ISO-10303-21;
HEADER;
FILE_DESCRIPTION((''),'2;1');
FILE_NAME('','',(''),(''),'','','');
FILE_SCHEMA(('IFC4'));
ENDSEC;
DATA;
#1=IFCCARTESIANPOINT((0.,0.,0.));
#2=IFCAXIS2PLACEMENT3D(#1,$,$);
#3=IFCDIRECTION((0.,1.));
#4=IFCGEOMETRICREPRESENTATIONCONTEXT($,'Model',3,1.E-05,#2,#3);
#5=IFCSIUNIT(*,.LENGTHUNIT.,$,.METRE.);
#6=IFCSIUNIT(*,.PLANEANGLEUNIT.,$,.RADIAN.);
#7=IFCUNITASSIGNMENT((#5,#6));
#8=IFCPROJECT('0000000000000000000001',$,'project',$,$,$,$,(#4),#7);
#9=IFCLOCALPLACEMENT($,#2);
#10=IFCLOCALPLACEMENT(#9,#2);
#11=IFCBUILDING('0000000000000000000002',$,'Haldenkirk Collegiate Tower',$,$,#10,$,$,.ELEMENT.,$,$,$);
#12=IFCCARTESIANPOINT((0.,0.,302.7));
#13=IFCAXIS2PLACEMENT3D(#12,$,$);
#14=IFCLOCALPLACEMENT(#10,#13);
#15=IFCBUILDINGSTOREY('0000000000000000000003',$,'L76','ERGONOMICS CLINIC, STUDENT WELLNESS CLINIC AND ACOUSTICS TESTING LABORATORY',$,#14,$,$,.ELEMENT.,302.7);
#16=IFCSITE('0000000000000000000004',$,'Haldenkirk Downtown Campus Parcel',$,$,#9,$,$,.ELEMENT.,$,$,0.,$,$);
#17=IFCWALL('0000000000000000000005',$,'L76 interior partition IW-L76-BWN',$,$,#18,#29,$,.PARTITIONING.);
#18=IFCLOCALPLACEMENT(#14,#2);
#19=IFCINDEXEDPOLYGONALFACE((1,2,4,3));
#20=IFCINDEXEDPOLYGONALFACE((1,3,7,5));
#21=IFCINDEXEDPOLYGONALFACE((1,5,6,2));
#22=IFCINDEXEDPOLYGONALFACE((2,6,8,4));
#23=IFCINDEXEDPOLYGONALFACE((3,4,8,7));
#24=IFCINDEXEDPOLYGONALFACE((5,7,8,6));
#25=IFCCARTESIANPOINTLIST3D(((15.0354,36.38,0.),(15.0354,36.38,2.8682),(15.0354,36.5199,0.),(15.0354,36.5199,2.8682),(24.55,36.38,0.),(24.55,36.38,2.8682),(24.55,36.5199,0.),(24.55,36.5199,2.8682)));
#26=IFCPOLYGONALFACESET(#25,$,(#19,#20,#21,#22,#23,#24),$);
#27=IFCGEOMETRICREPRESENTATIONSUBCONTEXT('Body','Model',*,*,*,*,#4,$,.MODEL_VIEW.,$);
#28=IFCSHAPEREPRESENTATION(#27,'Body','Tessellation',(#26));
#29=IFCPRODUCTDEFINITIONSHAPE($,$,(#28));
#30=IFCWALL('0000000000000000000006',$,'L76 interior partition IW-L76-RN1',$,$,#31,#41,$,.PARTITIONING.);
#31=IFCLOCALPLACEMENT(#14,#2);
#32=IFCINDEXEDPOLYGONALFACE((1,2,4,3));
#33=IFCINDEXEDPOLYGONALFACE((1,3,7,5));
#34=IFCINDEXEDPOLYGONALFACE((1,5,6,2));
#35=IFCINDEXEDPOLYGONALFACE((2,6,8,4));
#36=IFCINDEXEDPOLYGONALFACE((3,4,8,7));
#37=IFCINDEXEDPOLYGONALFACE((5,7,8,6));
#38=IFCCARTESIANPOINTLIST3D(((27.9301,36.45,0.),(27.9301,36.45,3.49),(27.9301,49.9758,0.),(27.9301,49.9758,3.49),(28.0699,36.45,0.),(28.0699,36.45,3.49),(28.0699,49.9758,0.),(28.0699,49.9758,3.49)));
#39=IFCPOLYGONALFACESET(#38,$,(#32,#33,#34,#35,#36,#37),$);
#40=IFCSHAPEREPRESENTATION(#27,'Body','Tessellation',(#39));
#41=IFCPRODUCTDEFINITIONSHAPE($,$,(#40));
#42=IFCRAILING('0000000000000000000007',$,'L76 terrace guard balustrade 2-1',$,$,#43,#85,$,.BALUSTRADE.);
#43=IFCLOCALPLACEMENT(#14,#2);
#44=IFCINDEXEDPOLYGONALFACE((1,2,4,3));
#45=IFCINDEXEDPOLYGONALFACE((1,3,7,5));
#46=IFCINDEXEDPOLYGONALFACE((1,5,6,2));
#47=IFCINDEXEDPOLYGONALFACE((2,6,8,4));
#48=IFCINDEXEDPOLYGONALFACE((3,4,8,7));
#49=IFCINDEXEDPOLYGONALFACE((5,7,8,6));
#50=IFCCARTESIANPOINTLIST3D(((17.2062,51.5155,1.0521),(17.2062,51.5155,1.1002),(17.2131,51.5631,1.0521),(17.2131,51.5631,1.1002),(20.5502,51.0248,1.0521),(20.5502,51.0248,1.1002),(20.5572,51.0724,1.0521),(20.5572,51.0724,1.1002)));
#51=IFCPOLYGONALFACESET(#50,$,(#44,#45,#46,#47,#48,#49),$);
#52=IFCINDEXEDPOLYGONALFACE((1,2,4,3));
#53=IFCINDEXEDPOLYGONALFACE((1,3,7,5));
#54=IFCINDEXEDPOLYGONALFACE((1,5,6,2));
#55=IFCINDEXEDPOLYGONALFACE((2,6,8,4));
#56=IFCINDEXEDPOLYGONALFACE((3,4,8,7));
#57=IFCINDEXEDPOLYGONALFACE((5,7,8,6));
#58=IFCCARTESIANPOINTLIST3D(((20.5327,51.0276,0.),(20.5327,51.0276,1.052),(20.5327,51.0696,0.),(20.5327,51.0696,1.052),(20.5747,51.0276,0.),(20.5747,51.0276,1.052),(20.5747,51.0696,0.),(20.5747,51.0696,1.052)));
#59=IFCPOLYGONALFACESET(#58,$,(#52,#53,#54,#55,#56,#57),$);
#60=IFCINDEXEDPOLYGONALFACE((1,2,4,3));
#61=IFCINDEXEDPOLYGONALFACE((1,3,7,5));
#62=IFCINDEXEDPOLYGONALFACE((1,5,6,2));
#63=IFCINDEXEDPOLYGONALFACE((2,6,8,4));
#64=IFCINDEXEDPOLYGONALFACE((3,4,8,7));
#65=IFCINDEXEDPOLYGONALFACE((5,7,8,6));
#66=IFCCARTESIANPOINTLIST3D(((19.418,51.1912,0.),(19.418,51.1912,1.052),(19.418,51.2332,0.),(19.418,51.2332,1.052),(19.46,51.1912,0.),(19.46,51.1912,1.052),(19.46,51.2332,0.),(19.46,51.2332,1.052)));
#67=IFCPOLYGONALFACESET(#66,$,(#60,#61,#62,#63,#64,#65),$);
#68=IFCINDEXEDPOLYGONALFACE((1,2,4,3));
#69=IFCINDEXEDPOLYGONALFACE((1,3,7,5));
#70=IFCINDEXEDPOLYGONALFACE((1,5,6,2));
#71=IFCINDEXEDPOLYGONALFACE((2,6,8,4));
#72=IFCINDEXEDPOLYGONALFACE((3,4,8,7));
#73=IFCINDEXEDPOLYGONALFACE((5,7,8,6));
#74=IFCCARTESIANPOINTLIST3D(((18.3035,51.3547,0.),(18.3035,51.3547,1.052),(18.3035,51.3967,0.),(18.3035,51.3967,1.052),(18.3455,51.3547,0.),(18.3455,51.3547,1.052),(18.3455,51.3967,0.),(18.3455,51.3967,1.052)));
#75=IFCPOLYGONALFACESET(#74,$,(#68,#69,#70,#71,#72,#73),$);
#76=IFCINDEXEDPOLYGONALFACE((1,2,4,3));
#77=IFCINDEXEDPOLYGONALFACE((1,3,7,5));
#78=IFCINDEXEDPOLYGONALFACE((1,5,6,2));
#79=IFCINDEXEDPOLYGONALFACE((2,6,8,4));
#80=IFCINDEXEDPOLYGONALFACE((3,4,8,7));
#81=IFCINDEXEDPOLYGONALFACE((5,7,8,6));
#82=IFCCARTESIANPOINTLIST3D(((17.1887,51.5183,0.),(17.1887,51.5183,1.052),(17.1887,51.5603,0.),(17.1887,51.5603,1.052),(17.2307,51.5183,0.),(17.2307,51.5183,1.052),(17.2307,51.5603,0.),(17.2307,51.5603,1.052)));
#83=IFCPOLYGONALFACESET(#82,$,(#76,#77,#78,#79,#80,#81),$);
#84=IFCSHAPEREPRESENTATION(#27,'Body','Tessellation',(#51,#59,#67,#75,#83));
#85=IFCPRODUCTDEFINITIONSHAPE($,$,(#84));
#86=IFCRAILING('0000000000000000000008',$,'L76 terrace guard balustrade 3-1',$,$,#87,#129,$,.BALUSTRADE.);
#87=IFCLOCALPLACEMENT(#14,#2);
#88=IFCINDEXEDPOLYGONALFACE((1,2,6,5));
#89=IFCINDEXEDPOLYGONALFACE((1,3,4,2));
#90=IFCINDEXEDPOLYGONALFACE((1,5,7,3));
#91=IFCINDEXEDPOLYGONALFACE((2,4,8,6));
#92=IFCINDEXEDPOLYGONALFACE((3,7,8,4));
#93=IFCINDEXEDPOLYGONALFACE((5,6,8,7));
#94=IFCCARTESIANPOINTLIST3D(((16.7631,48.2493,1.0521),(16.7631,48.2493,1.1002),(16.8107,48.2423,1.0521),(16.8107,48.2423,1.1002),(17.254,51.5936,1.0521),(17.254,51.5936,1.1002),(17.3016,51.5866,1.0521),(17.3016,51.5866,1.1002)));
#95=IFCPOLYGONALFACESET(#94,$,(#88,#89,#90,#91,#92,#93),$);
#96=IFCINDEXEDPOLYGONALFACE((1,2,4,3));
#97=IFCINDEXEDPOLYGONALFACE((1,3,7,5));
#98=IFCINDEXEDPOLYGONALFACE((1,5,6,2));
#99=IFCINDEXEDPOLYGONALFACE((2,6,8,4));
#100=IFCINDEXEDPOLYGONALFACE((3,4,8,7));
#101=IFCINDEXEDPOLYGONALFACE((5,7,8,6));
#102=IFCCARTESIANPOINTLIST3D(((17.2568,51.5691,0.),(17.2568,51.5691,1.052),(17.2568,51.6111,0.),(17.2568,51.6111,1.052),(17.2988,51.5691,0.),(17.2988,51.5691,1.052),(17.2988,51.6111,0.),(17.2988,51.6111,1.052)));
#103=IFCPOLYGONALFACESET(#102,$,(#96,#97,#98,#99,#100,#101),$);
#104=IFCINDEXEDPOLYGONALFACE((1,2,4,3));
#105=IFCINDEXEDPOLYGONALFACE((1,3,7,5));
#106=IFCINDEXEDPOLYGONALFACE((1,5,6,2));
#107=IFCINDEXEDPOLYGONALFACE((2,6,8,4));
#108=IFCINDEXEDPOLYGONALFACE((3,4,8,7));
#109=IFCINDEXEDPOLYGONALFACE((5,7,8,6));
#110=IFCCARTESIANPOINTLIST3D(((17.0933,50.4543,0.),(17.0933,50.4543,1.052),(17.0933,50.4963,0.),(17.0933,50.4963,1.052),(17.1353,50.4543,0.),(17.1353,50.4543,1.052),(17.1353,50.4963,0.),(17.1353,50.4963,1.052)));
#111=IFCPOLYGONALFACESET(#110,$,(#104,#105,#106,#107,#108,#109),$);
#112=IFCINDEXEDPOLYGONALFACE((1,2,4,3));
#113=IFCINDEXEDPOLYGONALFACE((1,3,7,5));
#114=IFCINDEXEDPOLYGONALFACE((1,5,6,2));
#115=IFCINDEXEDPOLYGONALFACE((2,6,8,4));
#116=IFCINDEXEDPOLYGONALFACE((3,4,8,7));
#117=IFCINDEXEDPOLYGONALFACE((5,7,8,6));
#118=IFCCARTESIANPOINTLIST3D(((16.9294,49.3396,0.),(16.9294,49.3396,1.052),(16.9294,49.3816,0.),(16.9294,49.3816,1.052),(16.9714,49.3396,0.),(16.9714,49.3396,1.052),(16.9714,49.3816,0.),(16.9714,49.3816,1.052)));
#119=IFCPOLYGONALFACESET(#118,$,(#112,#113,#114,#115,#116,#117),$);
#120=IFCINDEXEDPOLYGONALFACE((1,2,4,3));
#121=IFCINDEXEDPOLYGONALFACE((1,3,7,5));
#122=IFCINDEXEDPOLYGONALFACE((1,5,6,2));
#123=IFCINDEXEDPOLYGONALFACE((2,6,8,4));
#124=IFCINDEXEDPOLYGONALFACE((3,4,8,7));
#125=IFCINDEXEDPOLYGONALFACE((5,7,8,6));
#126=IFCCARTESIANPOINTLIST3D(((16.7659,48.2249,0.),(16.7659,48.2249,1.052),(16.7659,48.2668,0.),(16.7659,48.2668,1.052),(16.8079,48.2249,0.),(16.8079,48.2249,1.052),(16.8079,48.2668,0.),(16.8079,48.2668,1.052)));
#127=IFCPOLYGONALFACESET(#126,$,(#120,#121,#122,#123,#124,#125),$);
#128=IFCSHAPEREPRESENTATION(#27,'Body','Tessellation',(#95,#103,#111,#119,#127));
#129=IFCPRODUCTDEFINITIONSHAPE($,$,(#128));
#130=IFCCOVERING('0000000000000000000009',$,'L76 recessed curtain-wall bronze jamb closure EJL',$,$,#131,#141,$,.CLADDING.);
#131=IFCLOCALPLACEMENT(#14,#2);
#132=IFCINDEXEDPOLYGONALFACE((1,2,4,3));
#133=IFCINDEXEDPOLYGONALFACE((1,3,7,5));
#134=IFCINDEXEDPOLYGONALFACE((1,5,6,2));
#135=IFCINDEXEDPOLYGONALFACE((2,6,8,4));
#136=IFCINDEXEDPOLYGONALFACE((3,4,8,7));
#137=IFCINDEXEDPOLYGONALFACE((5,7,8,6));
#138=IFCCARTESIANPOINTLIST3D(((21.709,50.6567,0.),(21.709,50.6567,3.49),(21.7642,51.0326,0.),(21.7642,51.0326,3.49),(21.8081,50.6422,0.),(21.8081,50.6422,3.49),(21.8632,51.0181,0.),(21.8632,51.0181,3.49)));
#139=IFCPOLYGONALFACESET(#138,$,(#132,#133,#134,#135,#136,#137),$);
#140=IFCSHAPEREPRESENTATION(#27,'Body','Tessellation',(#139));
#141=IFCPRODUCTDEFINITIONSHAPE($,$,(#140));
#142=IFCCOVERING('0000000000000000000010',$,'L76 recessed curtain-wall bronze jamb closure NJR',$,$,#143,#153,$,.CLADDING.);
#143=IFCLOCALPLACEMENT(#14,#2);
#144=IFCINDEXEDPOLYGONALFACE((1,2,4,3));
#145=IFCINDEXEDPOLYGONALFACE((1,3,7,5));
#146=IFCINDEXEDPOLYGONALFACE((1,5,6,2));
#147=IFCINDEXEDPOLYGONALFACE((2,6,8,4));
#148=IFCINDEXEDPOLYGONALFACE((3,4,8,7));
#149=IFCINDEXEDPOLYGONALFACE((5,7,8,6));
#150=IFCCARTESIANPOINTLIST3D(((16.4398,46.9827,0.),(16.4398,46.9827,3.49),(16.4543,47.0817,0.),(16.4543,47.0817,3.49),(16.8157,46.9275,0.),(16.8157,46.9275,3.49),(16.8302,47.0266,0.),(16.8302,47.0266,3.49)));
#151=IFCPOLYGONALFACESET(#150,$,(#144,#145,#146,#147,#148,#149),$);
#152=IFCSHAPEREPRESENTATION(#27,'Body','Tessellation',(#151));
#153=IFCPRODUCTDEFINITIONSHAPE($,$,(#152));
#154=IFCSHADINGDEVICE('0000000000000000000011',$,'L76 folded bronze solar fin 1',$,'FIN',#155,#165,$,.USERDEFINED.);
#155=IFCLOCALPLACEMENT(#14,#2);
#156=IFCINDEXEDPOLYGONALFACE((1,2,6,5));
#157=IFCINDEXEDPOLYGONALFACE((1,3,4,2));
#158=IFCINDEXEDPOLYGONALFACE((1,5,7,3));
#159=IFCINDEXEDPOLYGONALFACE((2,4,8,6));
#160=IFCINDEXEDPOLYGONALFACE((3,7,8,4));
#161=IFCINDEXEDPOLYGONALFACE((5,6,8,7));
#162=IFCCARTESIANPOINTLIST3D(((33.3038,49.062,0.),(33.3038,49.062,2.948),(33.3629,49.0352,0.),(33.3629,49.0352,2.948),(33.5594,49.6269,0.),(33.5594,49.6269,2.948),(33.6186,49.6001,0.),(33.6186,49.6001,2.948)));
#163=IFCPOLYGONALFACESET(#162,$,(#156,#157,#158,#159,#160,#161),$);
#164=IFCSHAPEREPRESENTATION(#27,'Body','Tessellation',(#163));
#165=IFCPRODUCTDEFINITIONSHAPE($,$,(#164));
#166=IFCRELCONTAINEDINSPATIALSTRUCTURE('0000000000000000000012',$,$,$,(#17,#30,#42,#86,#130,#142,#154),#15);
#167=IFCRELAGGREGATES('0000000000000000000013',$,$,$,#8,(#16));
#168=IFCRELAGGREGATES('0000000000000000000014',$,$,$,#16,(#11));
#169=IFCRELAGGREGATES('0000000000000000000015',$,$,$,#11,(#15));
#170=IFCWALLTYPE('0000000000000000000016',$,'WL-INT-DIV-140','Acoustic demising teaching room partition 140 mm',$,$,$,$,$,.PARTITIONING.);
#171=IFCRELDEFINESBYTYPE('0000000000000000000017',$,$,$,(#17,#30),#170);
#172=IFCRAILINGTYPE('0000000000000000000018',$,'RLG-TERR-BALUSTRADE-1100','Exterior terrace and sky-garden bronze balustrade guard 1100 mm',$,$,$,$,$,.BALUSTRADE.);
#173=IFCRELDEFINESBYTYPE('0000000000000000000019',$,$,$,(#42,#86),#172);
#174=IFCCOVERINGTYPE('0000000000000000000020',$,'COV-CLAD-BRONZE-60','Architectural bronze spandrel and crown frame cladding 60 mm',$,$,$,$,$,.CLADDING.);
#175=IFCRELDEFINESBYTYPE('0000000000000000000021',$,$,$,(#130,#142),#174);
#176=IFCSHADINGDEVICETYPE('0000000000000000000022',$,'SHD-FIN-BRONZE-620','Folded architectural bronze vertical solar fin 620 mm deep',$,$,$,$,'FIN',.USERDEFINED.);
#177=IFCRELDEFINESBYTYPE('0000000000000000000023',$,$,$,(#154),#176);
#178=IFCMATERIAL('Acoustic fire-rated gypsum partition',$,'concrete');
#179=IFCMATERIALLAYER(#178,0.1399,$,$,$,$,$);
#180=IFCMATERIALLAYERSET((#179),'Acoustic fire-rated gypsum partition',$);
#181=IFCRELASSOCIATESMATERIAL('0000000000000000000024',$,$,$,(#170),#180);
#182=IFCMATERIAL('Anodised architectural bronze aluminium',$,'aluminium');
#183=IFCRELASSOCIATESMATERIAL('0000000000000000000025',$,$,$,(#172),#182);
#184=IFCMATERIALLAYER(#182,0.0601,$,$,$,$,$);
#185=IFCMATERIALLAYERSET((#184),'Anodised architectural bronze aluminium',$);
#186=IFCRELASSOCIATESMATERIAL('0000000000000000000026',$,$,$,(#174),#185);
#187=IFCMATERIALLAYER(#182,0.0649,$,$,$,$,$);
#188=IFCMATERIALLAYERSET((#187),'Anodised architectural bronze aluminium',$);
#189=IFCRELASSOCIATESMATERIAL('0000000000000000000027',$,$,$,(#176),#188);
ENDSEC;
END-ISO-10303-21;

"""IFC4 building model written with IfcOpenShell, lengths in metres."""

from ifc_helpers import new_model, si_unit, direction, frame, frame_2d, origin, origin_2d, place, context, subcontext, project, spatial, rectangle, extrude, source, transform, mapped, material, layer, layer_set, type_object, element, save


model = new_model("IFC4")

# Units and contexts
model_context = context("Model", 3, precision=1e-05, world=origin(), true_north=direction((0.0, 1.0)))
body_context = subcontext(model_context, "Body", "Model", "MODEL_VIEW")
ifc_project = project(units=[si_unit("LENGTHUNIT", "METRE"), si_unit("PLANEANGLEUNIT", "RADIAN")], contexts=[model_context])

# Site, building, storey
site_placement = place(None, origin())
site = spatial("IfcSite", under=ifc_project, at=site_placement, Name="Haldenkirk Downtown Campus Parcel", CompositionType="ELEMENT", RefElevation=0.0)
building_placement = place(site_placement, origin())
building = spatial("IfcBuilding", under=site, at=building_placement, Name="Haldenkirk Collegiate Tower", CompositionType="ELEMENT")
storey_placement = place(building_placement, frame((0.0, 0.0, 302.7)))
storey = spatial("IfcBuildingStorey", under=building, at=storey_placement, Name="L76", Description="ERGONOMICS CLINIC, STUDENT WELLNESS CLINIC AND ACOUSTICS TESTING LABORATORY", CompositionType="ELEMENT", Elevation=302.7)

# Shared definitions
ifc_material_1 = material(Name="Anodised architectural bronze aluminium", Category="aluminium")

# Shared definitions
ifc_material_2 = material(Name="Acoustic fire-rated gypsum partition", Category="concrete")

# Walls
ifc_layer_1 = layer(ifc_material_2, 0.1399)
ifc_layer_set_1 = layer_set([ifc_layer_1], Name="Acoustic fire-rated gypsum partition")
wall_type_1 = type_object("IfcWallType", Name="WL-INT-DIV-140", Description="Acoustic demising teaching room partition 140 mm", PredefinedType="PARTITIONING", material=ifc_layer_set_1)
wall_1_placement = place(storey_placement, frame((15.0354, 36.45, 0.0), z_axis=(0.0, 0.0, 1.0), x_axis=(1.0, 0.0, 0.0)))
element("IfcWall", 1, at=wall_1_placement, inside=storey, type_object=wall_type_1, Name="L76 interior partition IW-L76-BWN", PredefinedType="PARTITIONING", context=body_context, shape_type="SweptSolid", body=[
    extrude(rectangle(XDim=9.5146, YDim=0.1399, at=frame_2d((4.7573, 0.0))), origin(), (0.0, 0.0, 1.0), 2.8682),
])
wall_2_placement = place(storey_placement, frame((28.0, 36.45, 0.0), z_axis=(0.0, 0.0, 1.0), x_axis=(0.0, 1.0, 0.0)))
element("IfcWall", 2, at=wall_2_placement, inside=storey, type_object=wall_type_1, Name="L76 interior partition IW-L76-RN1", PredefinedType="PARTITIONING", context=body_context, shape_type="SweptSolid", body=[
    extrude(rectangle(XDim=13.5259, YDim=0.1399, at=frame_2d((6.7629, 0.0))), origin(), (0.0, 0.0, 1.0), 3.49),
])

# Railings
railing_type = type_object("IfcRailingType", Name="RLG-TERR-BALUSTRADE-1100", Description="Exterior terrace and sky-garden bronze balustrade guard 1100 mm", PredefinedType="BALUSTRADE", material=ifc_material_1)
railing_1_placement = place(storey_placement, frame((20.5537, 51.0486, 0.0)))
element("IfcRailing", 3, at=railing_1_placement, inside=storey, type_object=railing_type, Name="L76 terrace guard balustrade 2-1", PredefinedType="BALUSTRADE", context=body_context, shape_type="SweptSolid", body=[
    extrude(rectangle(XDim=0.0481, YDim=0.0481, at=origin_2d()), frame((0.0, 0.0, 1.0762), z_axis=(-0.989403, 0.145192, 0.0), x_axis=(-0.145192, -0.989403, 0.0)), (0.0, 0.0, 1.0), 3.3799),
    extrude(rectangle(XDim=0.042, YDim=0.042, at=origin_2d()), origin(), (0.0, 0.0, 1.0), 1.052),
    extrude(rectangle(XDim=0.042, YDim=0.042, at=origin_2d()), frame((-1.1147, 0.1636, 0.0)), (0.0, 0.0, 1.0), 1.052),
    extrude(rectangle(XDim=0.042, YDim=0.042, at=origin_2d()), frame((-2.2292, 0.3271, 0.0)), (0.0, 0.0, 1.0), 1.052),
    extrude(rectangle(XDim=0.042, YDim=0.042, at=origin_2d()), frame((-3.344, 0.4907, 0.0)), (0.0, 0.0, 1.0), 1.052),
])
railing_2_placement = place(storey_placement, frame((17.2778, 51.5901, 0.0)))
element("IfcRailing", 4, at=railing_2_placement, inside=storey, type_object=railing_type, Name="L76 terrace guard balustrade 3-1", PredefinedType="BALUSTRADE", context=body_context, shape_type="SweptSolid", body=[
    extrude(rectangle(XDim=0.0481, YDim=0.0481, at=origin_2d()), frame((0.0, 0.0, 1.0762), z_axis=(-0.145253, -0.989395, 0.0), x_axis=(0.989395, -0.145253, 0.0)), (0.0, 0.0, 1.0), 3.3801),
    extrude(rectangle(XDim=0.042, YDim=0.042, at=origin_2d()), origin(), (0.0, 0.0, 1.0), 1.052),
    extrude(rectangle(XDim=0.042, YDim=0.042, at=origin_2d()), frame((-0.1636, -1.1147, 0.0)), (0.0, 0.0, 1.0), 1.052),
    extrude(rectangle(XDim=0.042, YDim=0.042, at=origin_2d()), frame((-0.3274, -2.2295, 0.0)), (0.0, 0.0, 1.0), 1.052),
    extrude(rectangle(XDim=0.042, YDim=0.042, at=origin_2d()), frame((-0.491, -3.3442, 0.0)), (0.0, 0.0, 1.0), 1.052),
])

# Coverings
ifc_layer_2 = layer(ifc_material_1, 0.0601)
ifc_layer_set_2 = layer_set([ifc_layer_2], Name="Anodised architectural bronze aluminium")
covering_type = type_object("IfcCoveringType", Name="COV-CLAD-BRONZE-60", Description="Architectural bronze spandrel and crown frame cladding 60 mm", PredefinedType="CLADDING", material=ifc_layer_set_2)
shared_shape_1 = source(origin(), body_context, "Body", "SweptSolid", [
    extrude(rectangle(XDim=0.1001, YDim=0.3799, at=origin_2d()), origin(), (0.0, 0.0, 1.0), 3.49),
])
for number, where, z_axis, x_axis, name in (
    (5, (21.7861, 50.8374, 0.0), (0.0, 0.0, 1.0), (0.989399, -0.14522, 0.0), "L76 recessed curtain-wall bronze jamb closure EJL"),
    (6, (16.635, 47.0046, 0.0), (0.0, 0.0, 1.0), (0.14522, 0.989399, 0.0), "L76 recessed curtain-wall bronze jamb closure NJR"),
):
    element("IfcCovering", number, at=place(storey_placement, frame(where, z_axis=z_axis, x_axis=x_axis)), inside=storey, type_object=covering_type, Name=name, PredefinedType="CLADDING", context=body_context, shape_type="MappedRepresentation", body=[
        mapped(shared_shape_1, transform((0.0, 0.0, 0.0), x_axis=(1.0, 0.0, 0.0), y_axis=(0.0, 1.0, 0.0), z_axis=(0.0, 0.0, 1.0), scale=1.0)),
    ])

# Shading device
ifc_layer_3 = layer(ifc_material_1, 0.0649)
ifc_layer_set_3 = layer_set([ifc_layer_3], Name="Anodised architectural bronze aluminium")
shading_device_type = type_object("IfcShadingDeviceType", Name="SHD-FIN-BRONZE-620", Description="Folded architectural bronze vertical solar fin 620 mm deep", ElementType="FIN", PredefinedType="USERDEFINED", material=ifc_layer_set_3)
shared_shape_2 = source(origin(), body_context, "Body", "SweptSolid", [
    extrude(rectangle(XDim=0.6201, YDim=0.0649, at=origin_2d()), origin(), (0.0, 0.0, 1.0), 2.948),
])
shading_device_placement = place(storey_placement, frame((33.4612, 49.3311, 0.0), z_axis=(0.0, 0.0, 1.0), x_axis=(0.41231, 0.911044, 0.0)))
element("IfcShadingDevice", 7, at=shading_device_placement, inside=storey, type_object=shading_device_type, Name="L76 folded bronze solar fin 1", ObjectType="FIN", PredefinedType="USERDEFINED", context=body_context, shape_type="MappedRepresentation", body=[
    mapped(shared_shape_2, transform((0.0, 0.0, 0.0), x_axis=(1.0, 0.0, 0.0), y_axis=(0.0, 1.0, 0.0), z_axis=(0.0, 0.0, 1.0), scale=1.0)),
])

save(model, "model.ifc")
